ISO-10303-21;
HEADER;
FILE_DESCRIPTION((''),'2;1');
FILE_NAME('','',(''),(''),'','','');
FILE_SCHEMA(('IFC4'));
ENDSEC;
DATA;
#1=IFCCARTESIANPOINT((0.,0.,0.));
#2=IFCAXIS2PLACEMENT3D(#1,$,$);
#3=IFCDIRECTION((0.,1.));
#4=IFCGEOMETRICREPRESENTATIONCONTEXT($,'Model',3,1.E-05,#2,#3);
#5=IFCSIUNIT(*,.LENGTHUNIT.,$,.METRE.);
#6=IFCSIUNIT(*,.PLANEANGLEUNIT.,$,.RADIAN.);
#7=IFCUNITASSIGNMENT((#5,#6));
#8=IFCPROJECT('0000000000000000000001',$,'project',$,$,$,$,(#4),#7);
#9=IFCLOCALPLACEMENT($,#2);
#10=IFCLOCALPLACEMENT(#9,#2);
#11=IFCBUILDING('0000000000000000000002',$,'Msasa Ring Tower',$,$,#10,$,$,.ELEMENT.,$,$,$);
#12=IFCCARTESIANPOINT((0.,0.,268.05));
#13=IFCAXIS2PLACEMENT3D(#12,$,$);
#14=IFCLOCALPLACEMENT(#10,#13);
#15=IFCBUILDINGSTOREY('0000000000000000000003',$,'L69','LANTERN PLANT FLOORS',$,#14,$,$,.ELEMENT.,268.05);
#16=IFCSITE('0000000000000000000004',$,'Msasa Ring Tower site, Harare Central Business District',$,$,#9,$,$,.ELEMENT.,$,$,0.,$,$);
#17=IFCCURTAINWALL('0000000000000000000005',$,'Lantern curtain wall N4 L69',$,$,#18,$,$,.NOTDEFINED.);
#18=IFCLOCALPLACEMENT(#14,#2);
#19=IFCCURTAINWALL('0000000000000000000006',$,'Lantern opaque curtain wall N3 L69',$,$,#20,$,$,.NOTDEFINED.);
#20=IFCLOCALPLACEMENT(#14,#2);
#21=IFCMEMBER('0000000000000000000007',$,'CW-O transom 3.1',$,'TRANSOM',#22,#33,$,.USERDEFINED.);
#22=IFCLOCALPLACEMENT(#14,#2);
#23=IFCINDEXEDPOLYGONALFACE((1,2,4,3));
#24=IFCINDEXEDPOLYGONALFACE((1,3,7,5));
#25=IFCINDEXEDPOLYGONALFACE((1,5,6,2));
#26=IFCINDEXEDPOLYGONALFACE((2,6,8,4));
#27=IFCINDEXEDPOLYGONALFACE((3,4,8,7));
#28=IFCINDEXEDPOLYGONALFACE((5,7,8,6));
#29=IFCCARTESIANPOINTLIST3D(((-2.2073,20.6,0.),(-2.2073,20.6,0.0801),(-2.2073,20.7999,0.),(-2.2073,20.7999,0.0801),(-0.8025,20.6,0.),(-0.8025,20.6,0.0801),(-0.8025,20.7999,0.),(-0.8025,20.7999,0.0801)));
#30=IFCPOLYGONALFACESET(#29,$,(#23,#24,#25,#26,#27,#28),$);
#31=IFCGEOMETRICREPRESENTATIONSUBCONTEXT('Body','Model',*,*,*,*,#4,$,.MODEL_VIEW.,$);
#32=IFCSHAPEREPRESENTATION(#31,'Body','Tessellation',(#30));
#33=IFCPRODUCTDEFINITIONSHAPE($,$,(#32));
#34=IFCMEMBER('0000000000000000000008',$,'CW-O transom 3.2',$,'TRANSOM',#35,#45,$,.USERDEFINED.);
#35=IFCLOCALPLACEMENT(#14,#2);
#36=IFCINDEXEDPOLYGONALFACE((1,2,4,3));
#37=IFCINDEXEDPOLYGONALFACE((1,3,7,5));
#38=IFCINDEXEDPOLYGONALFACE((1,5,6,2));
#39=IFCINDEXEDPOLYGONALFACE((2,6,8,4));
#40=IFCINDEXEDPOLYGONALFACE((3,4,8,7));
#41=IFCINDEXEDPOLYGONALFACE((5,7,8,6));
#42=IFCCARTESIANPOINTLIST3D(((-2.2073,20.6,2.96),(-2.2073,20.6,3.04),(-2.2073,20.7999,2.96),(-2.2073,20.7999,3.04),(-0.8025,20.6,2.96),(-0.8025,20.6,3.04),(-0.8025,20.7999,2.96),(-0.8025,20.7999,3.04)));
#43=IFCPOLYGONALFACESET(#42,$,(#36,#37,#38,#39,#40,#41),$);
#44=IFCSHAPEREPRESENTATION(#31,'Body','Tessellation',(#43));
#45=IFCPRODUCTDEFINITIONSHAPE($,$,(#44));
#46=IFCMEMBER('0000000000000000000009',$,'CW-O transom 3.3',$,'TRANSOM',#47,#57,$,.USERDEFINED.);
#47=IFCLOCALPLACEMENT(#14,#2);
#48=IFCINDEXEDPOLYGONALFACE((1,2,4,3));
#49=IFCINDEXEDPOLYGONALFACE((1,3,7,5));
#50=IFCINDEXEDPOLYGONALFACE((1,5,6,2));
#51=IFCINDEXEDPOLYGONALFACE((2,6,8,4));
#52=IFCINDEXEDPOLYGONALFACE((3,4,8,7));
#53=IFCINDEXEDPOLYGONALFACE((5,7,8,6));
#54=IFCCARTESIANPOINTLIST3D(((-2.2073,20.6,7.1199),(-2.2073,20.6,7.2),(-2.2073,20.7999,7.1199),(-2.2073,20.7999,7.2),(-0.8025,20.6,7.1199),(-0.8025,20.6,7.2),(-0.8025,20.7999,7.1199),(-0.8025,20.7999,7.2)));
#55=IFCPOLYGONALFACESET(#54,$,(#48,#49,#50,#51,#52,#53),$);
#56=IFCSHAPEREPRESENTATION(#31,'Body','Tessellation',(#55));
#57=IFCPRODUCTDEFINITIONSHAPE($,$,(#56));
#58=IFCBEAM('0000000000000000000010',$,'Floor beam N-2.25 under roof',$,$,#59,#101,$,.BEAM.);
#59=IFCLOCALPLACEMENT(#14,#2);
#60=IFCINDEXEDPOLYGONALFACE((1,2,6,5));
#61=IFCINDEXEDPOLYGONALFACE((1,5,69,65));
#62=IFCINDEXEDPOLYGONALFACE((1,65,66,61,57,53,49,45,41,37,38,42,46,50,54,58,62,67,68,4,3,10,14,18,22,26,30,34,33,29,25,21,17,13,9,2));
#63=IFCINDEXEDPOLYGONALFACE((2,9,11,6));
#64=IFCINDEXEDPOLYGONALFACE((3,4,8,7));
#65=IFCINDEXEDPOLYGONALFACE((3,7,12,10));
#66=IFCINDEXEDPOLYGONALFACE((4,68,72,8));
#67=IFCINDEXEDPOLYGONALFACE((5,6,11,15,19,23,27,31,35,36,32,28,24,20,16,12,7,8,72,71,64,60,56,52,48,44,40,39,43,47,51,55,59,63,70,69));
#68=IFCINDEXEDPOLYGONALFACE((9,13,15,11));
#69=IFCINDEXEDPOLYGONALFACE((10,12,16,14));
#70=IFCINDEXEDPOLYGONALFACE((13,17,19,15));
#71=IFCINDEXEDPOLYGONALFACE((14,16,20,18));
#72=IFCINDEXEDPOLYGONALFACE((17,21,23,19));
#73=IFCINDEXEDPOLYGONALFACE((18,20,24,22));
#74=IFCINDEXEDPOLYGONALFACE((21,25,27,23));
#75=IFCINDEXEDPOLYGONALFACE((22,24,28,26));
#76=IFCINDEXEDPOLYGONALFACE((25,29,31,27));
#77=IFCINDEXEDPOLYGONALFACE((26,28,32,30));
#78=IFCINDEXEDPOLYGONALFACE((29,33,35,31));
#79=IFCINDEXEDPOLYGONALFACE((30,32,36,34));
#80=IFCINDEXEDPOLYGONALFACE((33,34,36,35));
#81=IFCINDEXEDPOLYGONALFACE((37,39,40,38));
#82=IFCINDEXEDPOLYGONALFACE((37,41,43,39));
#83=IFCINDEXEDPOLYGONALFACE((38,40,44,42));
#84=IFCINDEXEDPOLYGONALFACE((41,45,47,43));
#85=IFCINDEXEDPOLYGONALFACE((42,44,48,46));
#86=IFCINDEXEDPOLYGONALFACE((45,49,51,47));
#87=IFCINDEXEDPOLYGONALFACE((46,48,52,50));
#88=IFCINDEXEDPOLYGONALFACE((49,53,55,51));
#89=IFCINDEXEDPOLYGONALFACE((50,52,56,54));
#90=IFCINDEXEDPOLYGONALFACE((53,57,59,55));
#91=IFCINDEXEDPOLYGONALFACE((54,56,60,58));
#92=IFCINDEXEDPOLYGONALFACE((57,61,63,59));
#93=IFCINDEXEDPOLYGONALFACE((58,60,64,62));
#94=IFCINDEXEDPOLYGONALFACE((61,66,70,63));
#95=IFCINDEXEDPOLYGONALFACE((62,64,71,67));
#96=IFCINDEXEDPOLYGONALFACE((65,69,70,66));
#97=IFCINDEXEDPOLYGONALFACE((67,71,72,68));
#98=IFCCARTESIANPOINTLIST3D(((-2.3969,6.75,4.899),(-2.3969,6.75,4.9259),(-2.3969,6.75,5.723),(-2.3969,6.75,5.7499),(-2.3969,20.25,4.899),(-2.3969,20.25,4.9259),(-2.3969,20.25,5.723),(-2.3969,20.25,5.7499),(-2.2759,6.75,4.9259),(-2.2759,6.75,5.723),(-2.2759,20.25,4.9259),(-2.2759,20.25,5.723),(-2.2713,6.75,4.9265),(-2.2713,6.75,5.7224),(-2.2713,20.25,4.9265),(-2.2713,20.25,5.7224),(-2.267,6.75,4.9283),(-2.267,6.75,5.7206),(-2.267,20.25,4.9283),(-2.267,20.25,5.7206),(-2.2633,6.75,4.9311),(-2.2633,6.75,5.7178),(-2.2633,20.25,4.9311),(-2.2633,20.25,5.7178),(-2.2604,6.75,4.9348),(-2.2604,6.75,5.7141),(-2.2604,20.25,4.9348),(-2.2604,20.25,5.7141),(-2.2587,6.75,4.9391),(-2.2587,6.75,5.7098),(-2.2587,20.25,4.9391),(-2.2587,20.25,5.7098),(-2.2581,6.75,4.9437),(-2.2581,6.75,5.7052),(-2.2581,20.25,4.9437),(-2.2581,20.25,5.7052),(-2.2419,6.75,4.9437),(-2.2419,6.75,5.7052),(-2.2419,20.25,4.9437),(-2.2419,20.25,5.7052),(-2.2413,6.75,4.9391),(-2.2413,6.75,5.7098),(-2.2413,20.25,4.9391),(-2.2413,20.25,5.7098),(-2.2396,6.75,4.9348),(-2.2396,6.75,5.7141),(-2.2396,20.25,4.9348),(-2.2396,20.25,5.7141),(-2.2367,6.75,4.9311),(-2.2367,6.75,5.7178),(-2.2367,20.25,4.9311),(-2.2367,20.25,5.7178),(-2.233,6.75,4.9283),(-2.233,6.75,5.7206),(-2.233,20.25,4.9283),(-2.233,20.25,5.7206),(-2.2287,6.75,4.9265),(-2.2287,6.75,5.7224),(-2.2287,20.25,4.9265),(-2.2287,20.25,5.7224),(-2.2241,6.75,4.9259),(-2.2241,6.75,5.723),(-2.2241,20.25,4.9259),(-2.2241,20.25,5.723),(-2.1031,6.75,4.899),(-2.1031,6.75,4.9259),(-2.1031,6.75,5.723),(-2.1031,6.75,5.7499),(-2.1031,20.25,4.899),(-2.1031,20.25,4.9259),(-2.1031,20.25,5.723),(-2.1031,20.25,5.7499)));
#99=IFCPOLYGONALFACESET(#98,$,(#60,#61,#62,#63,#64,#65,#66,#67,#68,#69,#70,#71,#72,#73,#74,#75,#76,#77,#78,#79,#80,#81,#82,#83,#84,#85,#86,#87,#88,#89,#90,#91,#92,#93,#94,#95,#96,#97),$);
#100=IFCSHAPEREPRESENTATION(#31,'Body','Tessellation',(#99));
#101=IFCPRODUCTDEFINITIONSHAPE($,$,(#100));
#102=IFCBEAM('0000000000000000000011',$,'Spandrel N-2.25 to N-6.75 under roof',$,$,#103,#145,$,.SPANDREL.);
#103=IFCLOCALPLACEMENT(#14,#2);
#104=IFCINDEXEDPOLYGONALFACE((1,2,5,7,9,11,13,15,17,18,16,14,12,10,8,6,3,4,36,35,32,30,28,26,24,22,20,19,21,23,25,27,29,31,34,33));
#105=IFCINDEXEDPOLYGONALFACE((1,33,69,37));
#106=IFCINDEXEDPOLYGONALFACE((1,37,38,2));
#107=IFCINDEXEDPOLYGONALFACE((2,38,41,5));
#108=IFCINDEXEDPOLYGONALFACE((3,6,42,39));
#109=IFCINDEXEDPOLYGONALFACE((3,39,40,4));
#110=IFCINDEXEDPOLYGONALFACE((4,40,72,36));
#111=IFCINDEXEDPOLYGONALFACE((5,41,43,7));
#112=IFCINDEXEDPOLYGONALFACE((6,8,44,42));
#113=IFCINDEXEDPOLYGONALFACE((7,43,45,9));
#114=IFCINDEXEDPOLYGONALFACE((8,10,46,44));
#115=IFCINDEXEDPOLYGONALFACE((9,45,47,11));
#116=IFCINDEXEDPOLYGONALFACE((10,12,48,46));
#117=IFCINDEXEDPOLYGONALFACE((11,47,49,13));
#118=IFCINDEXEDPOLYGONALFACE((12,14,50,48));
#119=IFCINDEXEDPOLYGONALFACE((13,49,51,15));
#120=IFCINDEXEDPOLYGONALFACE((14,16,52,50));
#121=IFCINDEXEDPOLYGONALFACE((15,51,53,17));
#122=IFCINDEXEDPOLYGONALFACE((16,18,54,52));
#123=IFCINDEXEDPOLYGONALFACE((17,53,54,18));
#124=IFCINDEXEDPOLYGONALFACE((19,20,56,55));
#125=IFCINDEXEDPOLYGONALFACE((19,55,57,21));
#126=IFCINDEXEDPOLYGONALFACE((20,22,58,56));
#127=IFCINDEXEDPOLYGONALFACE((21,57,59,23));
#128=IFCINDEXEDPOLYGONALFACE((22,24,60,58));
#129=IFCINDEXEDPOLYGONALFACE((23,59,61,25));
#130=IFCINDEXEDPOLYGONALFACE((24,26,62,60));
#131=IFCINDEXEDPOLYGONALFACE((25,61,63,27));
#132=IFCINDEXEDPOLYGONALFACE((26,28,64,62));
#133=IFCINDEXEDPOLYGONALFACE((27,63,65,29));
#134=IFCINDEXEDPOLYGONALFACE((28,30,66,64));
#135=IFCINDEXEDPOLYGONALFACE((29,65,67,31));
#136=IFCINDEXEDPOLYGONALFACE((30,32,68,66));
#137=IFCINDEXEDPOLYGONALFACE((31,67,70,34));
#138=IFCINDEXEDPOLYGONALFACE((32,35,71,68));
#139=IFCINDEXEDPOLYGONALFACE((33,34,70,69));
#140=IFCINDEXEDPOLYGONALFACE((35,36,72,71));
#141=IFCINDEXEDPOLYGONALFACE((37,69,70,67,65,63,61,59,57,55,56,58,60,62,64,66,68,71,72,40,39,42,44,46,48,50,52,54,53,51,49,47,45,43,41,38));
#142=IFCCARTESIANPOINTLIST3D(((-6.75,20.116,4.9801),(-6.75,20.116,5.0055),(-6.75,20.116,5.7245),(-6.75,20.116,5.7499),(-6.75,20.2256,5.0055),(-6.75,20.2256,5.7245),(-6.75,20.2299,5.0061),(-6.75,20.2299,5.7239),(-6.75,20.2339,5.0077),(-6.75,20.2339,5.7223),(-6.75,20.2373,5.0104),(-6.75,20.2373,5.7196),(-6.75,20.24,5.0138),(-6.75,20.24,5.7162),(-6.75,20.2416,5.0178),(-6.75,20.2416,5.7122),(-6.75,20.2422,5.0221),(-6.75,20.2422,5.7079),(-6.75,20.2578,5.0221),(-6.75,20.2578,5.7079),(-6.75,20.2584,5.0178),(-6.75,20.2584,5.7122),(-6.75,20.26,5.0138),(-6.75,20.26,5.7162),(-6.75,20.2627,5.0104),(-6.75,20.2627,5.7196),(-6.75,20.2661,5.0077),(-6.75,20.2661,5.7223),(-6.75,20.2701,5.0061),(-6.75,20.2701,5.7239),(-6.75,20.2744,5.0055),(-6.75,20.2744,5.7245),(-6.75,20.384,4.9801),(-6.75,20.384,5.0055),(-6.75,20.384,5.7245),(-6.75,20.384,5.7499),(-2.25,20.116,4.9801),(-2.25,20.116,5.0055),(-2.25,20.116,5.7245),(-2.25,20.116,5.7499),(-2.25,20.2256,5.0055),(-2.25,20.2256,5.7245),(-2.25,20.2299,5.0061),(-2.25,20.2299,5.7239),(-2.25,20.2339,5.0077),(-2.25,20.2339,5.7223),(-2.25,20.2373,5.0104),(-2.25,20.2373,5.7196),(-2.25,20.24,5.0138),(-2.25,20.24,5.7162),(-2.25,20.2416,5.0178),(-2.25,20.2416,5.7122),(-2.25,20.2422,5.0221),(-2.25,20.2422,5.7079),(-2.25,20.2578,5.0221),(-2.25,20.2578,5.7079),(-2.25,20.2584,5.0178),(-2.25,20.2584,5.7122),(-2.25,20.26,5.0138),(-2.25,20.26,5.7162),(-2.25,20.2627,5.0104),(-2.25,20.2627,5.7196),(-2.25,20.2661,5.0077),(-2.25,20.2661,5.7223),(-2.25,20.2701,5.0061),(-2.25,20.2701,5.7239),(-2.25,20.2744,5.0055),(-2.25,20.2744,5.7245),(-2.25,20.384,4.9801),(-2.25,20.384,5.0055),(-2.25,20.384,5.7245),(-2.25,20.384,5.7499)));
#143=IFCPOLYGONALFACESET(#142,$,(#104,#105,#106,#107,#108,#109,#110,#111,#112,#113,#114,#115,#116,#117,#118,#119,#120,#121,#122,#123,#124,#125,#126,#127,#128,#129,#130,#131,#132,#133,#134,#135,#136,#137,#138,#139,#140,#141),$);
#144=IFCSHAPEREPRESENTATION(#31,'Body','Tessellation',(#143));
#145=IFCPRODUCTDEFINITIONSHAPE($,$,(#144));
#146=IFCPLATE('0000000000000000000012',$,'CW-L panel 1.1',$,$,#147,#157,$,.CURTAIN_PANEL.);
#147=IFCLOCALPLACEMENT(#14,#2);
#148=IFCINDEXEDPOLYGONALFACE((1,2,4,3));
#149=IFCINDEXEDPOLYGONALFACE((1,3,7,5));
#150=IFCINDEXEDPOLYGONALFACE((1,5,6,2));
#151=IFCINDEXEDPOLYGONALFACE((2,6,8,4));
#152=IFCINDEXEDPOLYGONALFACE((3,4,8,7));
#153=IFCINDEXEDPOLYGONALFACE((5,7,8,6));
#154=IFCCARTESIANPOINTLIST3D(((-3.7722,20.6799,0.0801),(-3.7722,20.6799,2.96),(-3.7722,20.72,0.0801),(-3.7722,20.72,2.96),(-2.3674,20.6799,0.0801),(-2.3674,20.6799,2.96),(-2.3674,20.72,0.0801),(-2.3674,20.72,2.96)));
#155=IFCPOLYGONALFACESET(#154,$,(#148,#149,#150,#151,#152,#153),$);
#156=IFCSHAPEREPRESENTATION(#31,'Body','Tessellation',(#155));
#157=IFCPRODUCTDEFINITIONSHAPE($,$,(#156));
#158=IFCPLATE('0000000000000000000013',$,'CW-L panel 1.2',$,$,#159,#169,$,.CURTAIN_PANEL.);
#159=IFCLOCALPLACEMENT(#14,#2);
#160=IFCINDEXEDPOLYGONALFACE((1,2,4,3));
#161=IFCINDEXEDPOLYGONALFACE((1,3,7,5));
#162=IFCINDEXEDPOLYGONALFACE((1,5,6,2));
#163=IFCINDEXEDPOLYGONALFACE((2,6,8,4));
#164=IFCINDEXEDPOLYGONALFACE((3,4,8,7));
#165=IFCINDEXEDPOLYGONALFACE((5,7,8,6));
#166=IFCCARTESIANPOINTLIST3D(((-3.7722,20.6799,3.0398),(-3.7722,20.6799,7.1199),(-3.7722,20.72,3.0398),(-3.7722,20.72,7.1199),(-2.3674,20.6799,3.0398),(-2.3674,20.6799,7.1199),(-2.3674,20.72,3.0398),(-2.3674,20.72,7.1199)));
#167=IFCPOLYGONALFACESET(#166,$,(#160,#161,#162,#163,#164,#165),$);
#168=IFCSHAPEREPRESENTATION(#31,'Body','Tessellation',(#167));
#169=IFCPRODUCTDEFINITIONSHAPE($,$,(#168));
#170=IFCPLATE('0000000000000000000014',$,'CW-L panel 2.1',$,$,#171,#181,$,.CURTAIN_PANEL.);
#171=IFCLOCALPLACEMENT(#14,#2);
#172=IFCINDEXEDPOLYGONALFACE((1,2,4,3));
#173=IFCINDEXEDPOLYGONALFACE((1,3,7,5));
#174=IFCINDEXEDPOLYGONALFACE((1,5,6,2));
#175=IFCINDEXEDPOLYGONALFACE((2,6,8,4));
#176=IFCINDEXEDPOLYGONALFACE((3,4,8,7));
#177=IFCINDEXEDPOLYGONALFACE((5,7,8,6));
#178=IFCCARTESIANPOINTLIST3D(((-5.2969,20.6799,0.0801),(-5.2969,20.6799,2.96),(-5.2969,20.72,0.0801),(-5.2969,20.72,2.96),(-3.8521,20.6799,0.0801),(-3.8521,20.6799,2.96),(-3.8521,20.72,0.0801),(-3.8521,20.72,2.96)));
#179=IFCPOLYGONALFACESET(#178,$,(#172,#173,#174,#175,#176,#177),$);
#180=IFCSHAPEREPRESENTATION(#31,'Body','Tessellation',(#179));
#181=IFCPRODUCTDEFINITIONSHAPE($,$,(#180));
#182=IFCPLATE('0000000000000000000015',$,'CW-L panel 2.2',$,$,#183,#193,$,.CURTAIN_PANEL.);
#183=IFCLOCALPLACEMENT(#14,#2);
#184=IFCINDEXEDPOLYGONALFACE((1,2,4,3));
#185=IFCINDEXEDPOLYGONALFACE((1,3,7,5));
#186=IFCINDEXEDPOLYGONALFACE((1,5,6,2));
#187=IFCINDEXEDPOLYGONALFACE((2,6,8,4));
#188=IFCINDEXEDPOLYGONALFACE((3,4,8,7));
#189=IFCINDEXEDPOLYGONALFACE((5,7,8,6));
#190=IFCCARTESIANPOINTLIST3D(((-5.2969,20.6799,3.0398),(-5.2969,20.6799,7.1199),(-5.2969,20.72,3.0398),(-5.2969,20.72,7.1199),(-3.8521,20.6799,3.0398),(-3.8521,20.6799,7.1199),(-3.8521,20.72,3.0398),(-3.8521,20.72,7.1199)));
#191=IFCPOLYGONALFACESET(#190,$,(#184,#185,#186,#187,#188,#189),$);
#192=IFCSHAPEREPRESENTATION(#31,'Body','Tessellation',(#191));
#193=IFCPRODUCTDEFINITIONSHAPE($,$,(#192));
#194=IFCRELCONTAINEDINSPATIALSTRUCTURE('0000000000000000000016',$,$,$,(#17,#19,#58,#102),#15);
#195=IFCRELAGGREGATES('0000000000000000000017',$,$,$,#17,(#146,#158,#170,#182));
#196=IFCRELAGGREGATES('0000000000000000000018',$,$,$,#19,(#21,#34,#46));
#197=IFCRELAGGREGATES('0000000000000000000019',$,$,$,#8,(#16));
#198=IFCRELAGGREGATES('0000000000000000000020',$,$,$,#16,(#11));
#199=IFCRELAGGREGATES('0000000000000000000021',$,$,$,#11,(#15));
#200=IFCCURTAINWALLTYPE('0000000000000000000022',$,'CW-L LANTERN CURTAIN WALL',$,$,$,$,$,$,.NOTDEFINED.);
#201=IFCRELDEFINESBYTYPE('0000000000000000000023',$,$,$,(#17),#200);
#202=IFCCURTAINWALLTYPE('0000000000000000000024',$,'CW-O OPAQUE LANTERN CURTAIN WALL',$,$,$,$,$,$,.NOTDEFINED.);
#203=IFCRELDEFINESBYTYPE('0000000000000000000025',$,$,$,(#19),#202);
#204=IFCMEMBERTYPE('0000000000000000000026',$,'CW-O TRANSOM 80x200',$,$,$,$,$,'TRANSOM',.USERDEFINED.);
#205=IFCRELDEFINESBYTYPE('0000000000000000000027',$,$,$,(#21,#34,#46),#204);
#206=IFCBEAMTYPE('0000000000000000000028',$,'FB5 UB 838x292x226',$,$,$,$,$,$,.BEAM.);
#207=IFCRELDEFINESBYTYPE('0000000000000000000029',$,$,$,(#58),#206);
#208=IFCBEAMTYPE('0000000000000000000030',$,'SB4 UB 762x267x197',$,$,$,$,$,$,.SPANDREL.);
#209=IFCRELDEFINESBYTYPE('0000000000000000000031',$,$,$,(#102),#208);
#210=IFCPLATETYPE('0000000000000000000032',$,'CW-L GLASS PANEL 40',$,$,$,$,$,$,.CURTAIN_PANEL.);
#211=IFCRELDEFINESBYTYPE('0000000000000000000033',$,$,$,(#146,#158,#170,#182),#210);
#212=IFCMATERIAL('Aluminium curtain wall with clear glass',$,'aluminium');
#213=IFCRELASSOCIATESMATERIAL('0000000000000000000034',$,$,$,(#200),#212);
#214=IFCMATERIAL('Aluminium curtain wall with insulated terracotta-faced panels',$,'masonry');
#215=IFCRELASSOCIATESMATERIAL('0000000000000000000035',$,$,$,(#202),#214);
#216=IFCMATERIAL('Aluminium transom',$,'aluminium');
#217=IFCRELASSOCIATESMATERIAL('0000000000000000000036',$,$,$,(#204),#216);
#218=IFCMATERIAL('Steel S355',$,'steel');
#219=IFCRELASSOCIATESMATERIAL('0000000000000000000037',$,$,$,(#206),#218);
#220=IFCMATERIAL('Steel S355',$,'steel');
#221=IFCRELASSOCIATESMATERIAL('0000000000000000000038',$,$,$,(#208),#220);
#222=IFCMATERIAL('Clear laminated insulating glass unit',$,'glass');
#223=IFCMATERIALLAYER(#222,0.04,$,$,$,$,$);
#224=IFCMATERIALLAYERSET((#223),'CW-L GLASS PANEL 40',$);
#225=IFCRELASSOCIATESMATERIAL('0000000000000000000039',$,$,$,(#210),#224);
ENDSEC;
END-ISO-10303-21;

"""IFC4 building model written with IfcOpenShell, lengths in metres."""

from ifc_helpers import new_model, si_unit, direction, frame, origin, origin_2d, place, context, subcontext, project, spatial, rectangle, i_section, extrude, material, layer, layer_set, material_profile, profile_set, type_object, element, aggregate, save


model = new_model("IFC4")

# Units and contexts
model_context = context("Model", 3, precision=1e-05, world=origin(), true_north=direction((0.0, 1.0)))
body_context = subcontext(model_context, "Body", "Model", "MODEL_VIEW")
ifc_project = project(units=[si_unit("LENGTHUNIT", "METRE"), si_unit("PLANEANGLEUNIT", "RADIAN")], contexts=[model_context])

# Site, building, storey
site_placement = place(None, origin())
site = spatial("IfcSite", under=ifc_project, at=site_placement, Name="Msasa Ring Tower site, Harare Central Business District", CompositionType="ELEMENT", RefElevation=0.0)
building_placement = place(site_placement, origin())
building = spatial("IfcBuilding", under=site, at=building_placement, Name="Msasa Ring Tower", CompositionType="ELEMENT")
storey_placement = place(building_placement, frame((0.0, 0.0, 268.05)))
storey = spatial("IfcBuildingStorey", under=building, at=storey_placement, Name="L69", Description="LANTERN PLANT FLOORS", CompositionType="ELEMENT", Elevation=268.05)

# Curtain walls, members
ifc_material_1 = material(Name="Aluminium curtain wall with clear glass", Category="aluminium")
curtain_wall_type_1 = type_object("IfcCurtainWallType", Name="CW-L LANTERN CURTAIN WALL", PredefinedType="NOTDEFINED", material=ifc_material_1)
curtain_wall_1_placement = place(storey_placement, origin())
curtain_wall_1 = element("IfcCurtainWall", 1, at=curtain_wall_1_placement, inside=storey, type_object=curtain_wall_type_1, Name="Lantern curtain wall N4 L69", PredefinedType="NOTDEFINED")
ifc_material_2 = material(Name="Aluminium curtain wall with insulated terracotta-faced panels", Category="masonry")
curtain_wall_type_2 = type_object("IfcCurtainWallType", Name="CW-O OPAQUE LANTERN CURTAIN WALL", PredefinedType="NOTDEFINED", material=ifc_material_2)
curtain_wall_2_placement = place(storey_placement, origin())
curtain_wall_2 = element("IfcCurtainWall", 2, at=curtain_wall_2_placement, inside=storey, type_object=curtain_wall_type_2, Name="Lantern opaque curtain wall N3 L69", PredefinedType="NOTDEFINED")
ifc_material_3 = material(Name="Aluminium transom", Category="aluminium")
ifc_material_profile_1 = material_profile(ifc_material_3, rectangle(XDim=0.2, YDim=0.0801, at=origin_2d()), Name="AL 80x200")
ifc_profile_set_1 = profile_set([ifc_material_profile_1], Name="Aluminium transom")
member_type_1 = type_object("IfcMemberType", Name="CW-O TRANSOM 80x200", ElementType="TRANSOM", PredefinedType="USERDEFINED", material=ifc_profile_set_1)
member_1_placement = place(storey_placement, frame((-0.8025, 20.7, 0.04), z_axis=(-1.0, 0.0, 0.0), x_axis=(0.0, -1.0, 0.0)))
member_1 = element("IfcMember", 3, at=member_1_placement, type_object=member_type_1, Name="CW-O transom 3.1", ObjectType="TRANSOM", PredefinedType="USERDEFINED", context=body_context, shape_type="SweptSolid", body=[
    extrude(rectangle(XDim=0.2, YDim=0.0801, at=origin_2d()), origin(), (0.0, 0.0, 1.0), 1.4048),
])
member_2_placement = place(storey_placement, frame((-0.8025, 20.7, 3.0), z_axis=(-1.0, 0.0, 0.0), x_axis=(0.0, -1.0, 0.0)))
member_2 = element("IfcMember", 4, at=member_2_placement, type_object=member_type_1, Name="CW-O transom 3.2", ObjectType="TRANSOM", PredefinedType="USERDEFINED", context=body_context, shape_type="SweptSolid", body=[
    extrude(rectangle(XDim=0.2, YDim=0.0801, at=origin_2d()), origin(), (0.0, 0.0, 1.0), 1.4048),
])
member_3_placement = place(storey_placement, frame((-0.8025, 20.7, 7.1599), z_axis=(-1.0, 0.0, 0.0), x_axis=(0.0, -1.0, 0.0)))
member_3 = element("IfcMember", 5, at=member_3_placement, type_object=member_type_1, Name="CW-O transom 3.3", ObjectType="TRANSOM", PredefinedType="USERDEFINED", context=body_context, shape_type="SweptSolid", body=[
    extrude(rectangle(XDim=0.2, YDim=0.0801, at=origin_2d()), origin(), (0.0, 0.0, 1.0), 1.4048),
])

# Beams
ifc_material_4 = material(Name="Steel S355", Category="steel")
ifc_material_profile_2 = material_profile(ifc_material_4, i_section(OverallWidth=0.2937, OverallDepth=0.8508, WebThickness=0.0161, FlangeThickness=0.0269, FilletRadius=0.0178, at=origin_2d()), Name="UB 838x292x226")
ifc_profile_set_2 = profile_set([ifc_material_profile_2], Name="Steel S355")
beam_type_1 = type_object("IfcBeamType", Name="FB5 UB 838x292x226", PredefinedType="BEAM", material=ifc_profile_set_2)
beam_1_placement = place(storey_placement, frame((-2.25, 20.25, 5.3245), z_axis=(0.0, -1.0, 0.0), x_axis=(1.0, 0.0, 0.0)))
element("IfcBeam", 6, at=beam_1_placement, inside=storey, type_object=beam_type_1, Name="Floor beam N-2.25 under roof", PredefinedType="BEAM", context=body_context, shape_type="SweptSolid", body=[
    extrude(i_section(OverallWidth=0.2937, OverallDepth=0.8508, WebThickness=0.0161, FlangeThickness=0.0269, FilletRadius=0.0178, at=origin_2d()), origin(), (0.0, 0.0, 1.0), 13.5),
])
ifc_material_5 = material(Name="Steel S355", Category="steel")
ifc_material_profile_3 = material_profile(ifc_material_5, i_section(OverallWidth=0.2681, OverallDepth=0.7698, WebThickness=0.0156, FlangeThickness=0.0254, FilletRadius=0.0166, at=origin_2d()), Name="UB 762x267x197")
ifc_profile_set_3 = profile_set([ifc_material_profile_3], Name="Steel S355")
beam_type_2 = type_object("IfcBeamType", Name="SB4 UB 762x267x197", PredefinedType="SPANDREL", material=ifc_profile_set_3)
beam_2_placement = place(storey_placement, frame((-2.25, 20.25, 5.365), z_axis=(-1.0, 0.0, 0.0), x_axis=(0.0, -1.0, 0.0)))
element("IfcBeam", 7, at=beam_2_placement, inside=storey, type_object=beam_type_2, Name="Spandrel N-2.25 to N-6.75 under roof", PredefinedType="SPANDREL", context=body_context, shape_type="SweptSolid", body=[
    extrude(i_section(OverallWidth=0.2681, OverallDepth=0.7698, WebThickness=0.0156, FlangeThickness=0.0254, FilletRadius=0.0166, at=origin_2d()), origin(), (0.0, 0.0, 1.0), 4.5),
])

# Plates
ifc_material_6 = material(Name="Clear laminated insulating glass unit", Category="glass")
ifc_layer_1 = layer(ifc_material_6, 0.04)
ifc_layer_set_1 = layer_set([ifc_layer_1], Name="CW-L GLASS PANEL 40")
plate_type_1 = type_object("IfcPlateType", Name="CW-L GLASS PANEL 40", PredefinedType="CURTAIN_PANEL", material=ifc_layer_set_1)
plate_1_placement = place(storey_placement, frame((-3.0698, 20.7, 0.0801), z_axis=(0.0, 0.0, 1.0), x_axis=(-1.0, 0.0, 0.0)))
plate_1 = element("IfcPlate", 8, at=plate_1_placement, type_object=plate_type_1, Name="CW-L panel 1.1", PredefinedType="CURTAIN_PANEL", context=body_context, shape_type="SweptSolid", body=[
    extrude(rectangle(XDim=1.4048, YDim=0.04, at=origin_2d()), origin(), (0.0, 0.0, 1.0), 2.8799),
])
plate_2_placement = place(storey_placement, frame((-3.0698, 20.7, 3.0398), z_axis=(0.0, 0.0, 1.0), x_axis=(-1.0, 0.0, 0.0)))
plate_2 = element("IfcPlate", 9, at=plate_2_placement, type_object=plate_type_1, Name="CW-L panel 1.2", PredefinedType="CURTAIN_PANEL", context=body_context, shape_type="SweptSolid", body=[
    extrude(rectangle(XDim=1.4048, YDim=0.04, at=origin_2d()), origin(), (0.0, 0.0, 1.0), 4.0801),
])
plate_3_placement = place(storey_placement, frame((-4.5745, 20.7, 0.0801), z_axis=(0.0, 0.0, 1.0), x_axis=(-1.0, 0.0, 0.0)))
plate_3 = element("IfcPlate", 10, at=plate_3_placement, type_object=plate_type_1, Name="CW-L panel 2.1", PredefinedType="CURTAIN_PANEL", context=body_context, shape_type="SweptSolid", body=[
    extrude(rectangle(XDim=1.4448, YDim=0.04, at=origin_2d()), origin(), (0.0, 0.0, 1.0), 2.8799),
])
plate_4_placement = place(storey_placement, frame((-4.5745, 20.7, 3.0398), z_axis=(0.0, 0.0, 1.0), x_axis=(-1.0, 0.0, 0.0)))
plate_4 = element("IfcPlate", 11, at=plate_4_placement, type_object=plate_type_1, Name="CW-L panel 2.2", PredefinedType="CURTAIN_PANEL", context=body_context, shape_type="SweptSolid", body=[
    extrude(rectangle(XDim=1.4448, YDim=0.04, at=origin_2d()), origin(), (0.0, 0.0, 1.0), 4.0801),
])
aggregate(curtain_wall_1, [plate_1, plate_2, plate_3, plate_4])
aggregate(curtain_wall_2, [member_1, member_2, member_3])

save(model, "model.ifc")
